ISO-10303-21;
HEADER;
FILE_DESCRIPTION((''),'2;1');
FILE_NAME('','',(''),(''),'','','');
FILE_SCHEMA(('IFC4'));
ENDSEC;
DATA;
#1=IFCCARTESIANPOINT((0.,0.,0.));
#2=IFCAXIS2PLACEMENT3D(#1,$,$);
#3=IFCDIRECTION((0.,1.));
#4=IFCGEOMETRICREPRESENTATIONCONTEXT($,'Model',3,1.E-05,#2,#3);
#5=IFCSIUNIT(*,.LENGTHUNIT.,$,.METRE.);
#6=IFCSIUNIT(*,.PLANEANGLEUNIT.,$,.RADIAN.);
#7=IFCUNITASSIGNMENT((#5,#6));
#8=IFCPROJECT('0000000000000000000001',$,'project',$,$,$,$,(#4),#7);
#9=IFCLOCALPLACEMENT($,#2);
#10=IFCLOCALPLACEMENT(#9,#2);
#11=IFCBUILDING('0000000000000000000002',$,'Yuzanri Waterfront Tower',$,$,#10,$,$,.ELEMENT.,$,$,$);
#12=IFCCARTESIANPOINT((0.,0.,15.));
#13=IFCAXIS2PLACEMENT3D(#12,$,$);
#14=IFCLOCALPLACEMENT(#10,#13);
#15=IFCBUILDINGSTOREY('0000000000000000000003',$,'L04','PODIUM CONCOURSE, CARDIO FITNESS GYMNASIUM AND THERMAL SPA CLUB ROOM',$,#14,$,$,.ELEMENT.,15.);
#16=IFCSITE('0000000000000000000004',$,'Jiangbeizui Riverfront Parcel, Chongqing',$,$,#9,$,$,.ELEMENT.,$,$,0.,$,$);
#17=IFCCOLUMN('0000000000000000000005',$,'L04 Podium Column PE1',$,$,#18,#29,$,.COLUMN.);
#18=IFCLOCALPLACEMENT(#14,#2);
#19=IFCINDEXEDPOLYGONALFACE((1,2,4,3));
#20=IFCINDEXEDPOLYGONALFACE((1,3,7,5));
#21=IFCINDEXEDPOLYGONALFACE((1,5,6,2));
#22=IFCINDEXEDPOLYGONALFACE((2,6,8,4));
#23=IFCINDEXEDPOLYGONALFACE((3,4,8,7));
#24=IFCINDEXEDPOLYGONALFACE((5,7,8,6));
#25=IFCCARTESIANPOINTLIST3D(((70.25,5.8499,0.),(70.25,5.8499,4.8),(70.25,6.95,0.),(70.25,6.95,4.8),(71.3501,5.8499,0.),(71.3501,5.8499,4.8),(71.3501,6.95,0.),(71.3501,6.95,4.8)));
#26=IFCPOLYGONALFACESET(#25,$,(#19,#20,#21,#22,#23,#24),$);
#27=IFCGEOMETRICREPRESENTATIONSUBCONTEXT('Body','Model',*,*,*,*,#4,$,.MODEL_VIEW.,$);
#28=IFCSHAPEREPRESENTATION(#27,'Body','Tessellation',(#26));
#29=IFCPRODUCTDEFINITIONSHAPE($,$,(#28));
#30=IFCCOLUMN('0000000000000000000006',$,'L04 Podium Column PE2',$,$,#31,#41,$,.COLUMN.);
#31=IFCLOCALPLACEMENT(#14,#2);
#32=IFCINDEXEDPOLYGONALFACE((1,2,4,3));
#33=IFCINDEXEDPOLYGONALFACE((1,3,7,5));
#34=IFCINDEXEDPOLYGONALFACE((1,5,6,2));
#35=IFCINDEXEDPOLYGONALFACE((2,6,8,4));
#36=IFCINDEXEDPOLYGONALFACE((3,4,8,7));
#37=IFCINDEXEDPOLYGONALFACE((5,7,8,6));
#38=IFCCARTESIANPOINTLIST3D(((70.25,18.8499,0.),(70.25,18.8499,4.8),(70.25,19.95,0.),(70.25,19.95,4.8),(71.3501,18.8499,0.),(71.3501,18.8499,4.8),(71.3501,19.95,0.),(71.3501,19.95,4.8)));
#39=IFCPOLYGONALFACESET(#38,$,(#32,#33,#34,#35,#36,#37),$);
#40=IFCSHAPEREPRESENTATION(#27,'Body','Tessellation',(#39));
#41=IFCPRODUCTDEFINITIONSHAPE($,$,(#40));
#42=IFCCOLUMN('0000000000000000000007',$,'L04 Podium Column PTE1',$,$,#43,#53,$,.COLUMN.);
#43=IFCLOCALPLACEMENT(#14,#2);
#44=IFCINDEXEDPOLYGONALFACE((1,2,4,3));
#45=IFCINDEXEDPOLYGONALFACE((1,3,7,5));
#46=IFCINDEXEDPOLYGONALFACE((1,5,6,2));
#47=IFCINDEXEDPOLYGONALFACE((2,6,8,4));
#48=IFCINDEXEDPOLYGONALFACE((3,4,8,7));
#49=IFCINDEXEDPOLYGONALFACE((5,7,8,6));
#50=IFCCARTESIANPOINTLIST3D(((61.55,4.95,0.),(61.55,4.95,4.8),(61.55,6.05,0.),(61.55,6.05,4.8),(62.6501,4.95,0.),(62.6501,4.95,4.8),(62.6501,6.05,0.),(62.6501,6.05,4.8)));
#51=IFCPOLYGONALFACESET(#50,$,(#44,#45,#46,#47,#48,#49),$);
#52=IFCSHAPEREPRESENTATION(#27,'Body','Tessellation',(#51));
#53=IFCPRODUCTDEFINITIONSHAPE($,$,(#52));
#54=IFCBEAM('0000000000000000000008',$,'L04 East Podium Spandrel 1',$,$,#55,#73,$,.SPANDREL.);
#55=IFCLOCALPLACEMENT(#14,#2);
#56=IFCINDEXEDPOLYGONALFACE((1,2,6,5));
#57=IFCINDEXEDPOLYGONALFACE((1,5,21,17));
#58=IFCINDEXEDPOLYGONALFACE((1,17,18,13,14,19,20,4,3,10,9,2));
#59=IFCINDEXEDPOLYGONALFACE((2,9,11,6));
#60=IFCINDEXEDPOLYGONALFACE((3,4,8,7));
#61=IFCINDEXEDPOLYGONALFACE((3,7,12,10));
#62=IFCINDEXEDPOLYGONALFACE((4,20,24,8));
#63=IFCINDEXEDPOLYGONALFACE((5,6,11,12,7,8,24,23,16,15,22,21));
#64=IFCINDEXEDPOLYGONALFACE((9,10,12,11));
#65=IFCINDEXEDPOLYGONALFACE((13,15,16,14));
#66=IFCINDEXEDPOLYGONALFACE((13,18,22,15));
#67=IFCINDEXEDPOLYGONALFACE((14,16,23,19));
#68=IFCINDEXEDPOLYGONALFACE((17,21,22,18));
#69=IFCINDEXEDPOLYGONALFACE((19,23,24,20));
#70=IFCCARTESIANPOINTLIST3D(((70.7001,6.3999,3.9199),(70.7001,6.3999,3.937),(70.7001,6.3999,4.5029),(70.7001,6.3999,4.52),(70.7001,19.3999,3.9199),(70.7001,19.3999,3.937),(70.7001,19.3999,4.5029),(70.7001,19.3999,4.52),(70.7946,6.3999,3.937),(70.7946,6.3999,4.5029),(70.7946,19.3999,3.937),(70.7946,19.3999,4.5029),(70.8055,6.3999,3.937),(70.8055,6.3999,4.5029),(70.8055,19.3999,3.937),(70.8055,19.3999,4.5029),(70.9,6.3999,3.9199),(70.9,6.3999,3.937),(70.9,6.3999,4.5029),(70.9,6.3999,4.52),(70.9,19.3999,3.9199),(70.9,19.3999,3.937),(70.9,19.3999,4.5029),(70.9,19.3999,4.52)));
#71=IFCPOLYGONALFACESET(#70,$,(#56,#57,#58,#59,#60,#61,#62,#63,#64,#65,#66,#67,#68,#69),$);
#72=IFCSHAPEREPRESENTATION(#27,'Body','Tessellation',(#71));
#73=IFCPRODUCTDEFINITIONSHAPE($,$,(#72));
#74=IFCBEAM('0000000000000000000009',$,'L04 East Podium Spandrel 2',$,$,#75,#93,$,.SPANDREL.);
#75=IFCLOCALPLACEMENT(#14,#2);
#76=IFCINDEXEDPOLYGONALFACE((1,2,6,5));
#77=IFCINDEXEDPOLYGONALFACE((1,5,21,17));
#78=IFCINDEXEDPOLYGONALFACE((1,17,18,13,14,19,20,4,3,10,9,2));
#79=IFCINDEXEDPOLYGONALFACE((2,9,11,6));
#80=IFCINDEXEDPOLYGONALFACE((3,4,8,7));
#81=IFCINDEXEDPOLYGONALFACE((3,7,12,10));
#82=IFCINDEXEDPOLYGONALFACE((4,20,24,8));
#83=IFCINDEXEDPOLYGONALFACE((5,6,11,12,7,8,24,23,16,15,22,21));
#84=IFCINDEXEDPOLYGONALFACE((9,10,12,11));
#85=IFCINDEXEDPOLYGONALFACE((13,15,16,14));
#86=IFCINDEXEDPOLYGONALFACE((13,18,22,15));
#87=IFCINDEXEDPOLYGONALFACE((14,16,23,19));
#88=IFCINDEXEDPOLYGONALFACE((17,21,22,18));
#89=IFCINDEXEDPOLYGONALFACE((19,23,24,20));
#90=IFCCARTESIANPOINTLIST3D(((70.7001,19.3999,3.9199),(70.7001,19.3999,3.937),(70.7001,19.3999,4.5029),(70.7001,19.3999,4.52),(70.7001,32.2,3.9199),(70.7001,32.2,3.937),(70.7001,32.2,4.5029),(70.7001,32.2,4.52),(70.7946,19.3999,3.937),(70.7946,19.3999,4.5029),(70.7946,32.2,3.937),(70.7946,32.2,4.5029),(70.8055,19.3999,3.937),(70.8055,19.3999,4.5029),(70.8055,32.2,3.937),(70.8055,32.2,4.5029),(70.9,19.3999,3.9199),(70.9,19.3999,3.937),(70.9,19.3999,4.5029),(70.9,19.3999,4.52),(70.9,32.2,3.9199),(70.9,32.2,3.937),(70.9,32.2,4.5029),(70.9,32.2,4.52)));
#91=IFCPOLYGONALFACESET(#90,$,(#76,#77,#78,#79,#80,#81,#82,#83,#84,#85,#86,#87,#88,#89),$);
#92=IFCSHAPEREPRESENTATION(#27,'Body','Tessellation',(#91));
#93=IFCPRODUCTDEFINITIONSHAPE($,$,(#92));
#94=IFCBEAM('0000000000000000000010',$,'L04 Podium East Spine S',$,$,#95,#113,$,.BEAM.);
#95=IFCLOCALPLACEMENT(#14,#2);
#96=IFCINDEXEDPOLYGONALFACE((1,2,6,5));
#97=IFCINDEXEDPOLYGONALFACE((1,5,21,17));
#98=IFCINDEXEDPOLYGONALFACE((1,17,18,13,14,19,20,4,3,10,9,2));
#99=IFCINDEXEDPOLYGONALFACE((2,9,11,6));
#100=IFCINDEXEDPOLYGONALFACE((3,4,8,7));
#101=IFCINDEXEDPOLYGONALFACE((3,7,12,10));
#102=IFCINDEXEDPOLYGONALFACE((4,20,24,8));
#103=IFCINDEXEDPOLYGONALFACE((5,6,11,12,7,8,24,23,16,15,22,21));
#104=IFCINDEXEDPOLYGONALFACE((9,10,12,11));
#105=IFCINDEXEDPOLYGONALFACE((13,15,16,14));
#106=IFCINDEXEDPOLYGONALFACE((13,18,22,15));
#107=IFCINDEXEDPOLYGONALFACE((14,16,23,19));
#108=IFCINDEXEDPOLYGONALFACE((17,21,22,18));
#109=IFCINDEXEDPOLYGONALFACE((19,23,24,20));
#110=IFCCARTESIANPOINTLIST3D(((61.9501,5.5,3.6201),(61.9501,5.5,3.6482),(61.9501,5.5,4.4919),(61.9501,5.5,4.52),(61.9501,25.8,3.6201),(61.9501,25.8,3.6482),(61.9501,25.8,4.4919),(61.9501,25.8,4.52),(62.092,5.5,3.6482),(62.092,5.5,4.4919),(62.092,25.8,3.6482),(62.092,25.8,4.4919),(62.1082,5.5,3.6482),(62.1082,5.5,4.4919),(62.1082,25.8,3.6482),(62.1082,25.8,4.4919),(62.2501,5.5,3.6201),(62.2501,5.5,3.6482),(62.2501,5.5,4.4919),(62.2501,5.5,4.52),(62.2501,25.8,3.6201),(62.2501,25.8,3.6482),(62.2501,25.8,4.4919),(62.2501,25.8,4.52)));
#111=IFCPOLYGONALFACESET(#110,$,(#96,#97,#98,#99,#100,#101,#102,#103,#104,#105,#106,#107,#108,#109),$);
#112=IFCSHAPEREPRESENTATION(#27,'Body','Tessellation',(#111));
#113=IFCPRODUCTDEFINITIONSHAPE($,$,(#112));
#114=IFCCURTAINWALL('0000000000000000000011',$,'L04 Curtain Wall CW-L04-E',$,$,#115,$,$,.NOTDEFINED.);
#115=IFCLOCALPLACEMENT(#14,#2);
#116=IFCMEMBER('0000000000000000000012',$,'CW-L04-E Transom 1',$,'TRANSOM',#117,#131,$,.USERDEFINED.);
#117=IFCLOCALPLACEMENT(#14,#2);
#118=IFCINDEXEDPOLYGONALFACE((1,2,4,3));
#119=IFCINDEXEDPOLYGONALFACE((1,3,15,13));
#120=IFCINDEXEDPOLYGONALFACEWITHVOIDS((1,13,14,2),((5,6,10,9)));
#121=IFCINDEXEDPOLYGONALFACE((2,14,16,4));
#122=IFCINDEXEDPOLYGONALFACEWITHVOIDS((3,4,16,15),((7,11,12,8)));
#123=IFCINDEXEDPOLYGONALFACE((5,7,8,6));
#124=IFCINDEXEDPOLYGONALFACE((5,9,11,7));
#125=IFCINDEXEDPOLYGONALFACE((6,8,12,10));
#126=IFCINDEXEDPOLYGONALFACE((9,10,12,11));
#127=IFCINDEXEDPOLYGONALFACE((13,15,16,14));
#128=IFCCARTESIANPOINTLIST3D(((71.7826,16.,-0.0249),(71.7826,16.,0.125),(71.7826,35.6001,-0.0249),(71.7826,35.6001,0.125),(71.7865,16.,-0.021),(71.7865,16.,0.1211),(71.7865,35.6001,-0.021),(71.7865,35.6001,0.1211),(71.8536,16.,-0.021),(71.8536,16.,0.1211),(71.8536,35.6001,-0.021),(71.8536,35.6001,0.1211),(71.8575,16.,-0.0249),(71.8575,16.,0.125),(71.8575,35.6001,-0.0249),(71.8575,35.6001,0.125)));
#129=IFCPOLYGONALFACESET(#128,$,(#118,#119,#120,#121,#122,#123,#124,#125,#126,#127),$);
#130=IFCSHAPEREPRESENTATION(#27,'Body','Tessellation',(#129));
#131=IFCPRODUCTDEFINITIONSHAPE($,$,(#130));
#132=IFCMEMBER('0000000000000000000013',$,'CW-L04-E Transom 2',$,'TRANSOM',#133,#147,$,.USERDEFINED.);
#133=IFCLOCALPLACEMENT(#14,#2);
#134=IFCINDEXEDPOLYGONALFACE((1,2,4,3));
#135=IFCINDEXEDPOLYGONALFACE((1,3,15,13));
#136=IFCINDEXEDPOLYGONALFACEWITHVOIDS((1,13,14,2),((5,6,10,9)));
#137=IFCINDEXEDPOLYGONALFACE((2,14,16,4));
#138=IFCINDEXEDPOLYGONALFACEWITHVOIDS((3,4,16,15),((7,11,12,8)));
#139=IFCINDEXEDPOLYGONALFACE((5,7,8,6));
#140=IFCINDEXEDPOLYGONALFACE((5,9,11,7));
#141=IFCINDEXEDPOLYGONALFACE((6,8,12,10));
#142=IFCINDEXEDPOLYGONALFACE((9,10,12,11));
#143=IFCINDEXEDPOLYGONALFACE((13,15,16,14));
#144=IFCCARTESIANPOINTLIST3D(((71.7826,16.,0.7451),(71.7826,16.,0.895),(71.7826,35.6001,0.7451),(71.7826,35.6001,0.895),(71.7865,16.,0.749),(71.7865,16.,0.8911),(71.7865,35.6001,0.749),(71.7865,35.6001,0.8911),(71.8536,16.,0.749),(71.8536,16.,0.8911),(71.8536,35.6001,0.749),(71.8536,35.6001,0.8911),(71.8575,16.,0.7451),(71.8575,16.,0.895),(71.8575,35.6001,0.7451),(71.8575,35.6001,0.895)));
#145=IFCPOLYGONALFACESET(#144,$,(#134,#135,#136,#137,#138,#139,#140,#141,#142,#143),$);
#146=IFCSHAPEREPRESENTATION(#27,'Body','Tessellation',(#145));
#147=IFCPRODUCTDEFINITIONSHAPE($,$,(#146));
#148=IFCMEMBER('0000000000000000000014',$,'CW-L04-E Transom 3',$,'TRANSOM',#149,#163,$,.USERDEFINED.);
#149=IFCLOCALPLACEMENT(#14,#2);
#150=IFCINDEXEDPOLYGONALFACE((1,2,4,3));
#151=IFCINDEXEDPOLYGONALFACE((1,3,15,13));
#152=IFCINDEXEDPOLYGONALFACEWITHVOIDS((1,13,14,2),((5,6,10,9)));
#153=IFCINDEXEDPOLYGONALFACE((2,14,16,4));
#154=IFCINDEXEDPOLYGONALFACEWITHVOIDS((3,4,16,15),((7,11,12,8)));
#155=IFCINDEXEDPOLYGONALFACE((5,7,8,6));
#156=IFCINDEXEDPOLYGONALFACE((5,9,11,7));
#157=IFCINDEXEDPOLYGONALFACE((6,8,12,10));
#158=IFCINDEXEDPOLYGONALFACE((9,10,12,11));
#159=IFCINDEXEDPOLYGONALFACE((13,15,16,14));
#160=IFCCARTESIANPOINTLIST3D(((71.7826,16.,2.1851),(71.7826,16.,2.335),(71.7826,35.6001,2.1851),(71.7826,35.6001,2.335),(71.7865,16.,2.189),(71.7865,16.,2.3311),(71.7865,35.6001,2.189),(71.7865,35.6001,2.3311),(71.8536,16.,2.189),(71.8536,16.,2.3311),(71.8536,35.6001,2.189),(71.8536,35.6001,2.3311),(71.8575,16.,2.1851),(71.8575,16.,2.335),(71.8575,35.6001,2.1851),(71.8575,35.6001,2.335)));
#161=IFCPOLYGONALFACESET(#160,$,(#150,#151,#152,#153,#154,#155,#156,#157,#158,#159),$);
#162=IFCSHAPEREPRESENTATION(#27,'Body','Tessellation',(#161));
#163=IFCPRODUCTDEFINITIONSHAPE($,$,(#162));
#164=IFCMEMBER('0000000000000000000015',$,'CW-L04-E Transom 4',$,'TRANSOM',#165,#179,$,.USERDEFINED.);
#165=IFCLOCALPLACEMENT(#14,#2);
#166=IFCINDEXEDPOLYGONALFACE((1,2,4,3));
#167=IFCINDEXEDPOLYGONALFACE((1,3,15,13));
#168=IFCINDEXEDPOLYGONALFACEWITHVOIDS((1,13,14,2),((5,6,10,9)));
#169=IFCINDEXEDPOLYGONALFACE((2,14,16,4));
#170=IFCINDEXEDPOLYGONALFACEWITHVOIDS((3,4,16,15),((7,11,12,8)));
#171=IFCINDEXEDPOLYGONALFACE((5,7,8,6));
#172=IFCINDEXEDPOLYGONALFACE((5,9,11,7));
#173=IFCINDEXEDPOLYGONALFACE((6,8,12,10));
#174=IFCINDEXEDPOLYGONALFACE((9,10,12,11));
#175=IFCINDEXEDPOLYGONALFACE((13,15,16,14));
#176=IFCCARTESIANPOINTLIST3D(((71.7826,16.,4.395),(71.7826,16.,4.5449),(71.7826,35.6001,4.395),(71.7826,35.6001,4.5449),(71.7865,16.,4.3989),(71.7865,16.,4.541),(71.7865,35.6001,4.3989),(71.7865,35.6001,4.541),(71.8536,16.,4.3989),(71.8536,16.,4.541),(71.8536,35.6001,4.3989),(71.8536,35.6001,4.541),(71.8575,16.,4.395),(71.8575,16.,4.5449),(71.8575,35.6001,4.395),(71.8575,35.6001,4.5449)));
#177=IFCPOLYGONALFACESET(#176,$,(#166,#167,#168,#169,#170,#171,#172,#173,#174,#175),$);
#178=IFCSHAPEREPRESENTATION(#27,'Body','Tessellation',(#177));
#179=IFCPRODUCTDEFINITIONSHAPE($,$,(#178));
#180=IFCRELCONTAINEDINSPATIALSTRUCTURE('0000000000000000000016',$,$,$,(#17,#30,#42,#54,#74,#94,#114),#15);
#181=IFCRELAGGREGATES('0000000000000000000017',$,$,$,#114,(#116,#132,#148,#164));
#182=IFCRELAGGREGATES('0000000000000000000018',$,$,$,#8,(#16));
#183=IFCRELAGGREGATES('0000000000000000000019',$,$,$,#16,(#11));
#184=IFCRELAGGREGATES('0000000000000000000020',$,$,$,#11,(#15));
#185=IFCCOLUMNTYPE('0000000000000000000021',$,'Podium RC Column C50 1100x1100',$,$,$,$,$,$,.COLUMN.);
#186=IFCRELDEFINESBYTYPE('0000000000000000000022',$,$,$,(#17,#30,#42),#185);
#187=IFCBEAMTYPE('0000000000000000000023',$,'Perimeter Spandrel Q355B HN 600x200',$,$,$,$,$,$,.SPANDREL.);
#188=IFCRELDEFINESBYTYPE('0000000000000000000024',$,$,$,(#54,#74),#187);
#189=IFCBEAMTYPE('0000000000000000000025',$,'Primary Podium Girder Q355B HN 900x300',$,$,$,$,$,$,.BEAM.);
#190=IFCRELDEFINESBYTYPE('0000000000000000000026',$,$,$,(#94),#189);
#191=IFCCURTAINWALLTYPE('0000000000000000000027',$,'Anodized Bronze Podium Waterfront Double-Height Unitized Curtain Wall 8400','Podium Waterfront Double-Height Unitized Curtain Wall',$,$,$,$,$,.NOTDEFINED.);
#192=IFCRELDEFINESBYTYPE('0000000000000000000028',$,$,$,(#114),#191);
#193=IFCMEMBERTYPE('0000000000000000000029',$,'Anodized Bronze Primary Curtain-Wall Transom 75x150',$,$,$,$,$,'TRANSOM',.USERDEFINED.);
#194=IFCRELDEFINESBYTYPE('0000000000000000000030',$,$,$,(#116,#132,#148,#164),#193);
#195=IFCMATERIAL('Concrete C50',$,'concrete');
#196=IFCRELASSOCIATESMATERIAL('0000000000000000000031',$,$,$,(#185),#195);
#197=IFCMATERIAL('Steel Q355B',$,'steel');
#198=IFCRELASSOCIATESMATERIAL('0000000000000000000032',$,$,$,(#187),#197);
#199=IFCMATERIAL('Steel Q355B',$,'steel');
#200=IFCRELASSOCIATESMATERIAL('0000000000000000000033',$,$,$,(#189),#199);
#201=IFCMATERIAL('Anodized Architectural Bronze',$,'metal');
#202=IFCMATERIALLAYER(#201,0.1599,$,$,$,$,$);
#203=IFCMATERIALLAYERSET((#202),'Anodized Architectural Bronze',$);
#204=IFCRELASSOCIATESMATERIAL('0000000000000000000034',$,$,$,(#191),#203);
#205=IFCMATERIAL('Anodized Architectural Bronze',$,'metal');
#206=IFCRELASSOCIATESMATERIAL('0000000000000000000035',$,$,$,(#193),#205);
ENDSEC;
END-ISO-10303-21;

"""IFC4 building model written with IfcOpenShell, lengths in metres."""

from ifc_helpers import new_model, si_unit, direction, frame, origin, origin_2d, place, context, subcontext, project, spatial, rectangle, hollow_rectangle, i_section, extrude, source, transform, mapped, material, layer, layer_set, material_profile, profile_set, type_object, element, aggregate, save


model = new_model("IFC4")

# Units and contexts
model_context = context("Model", 3, precision=1e-05, world=origin(), true_north=direction((0.0, 1.0)))
body_context = subcontext(model_context, "Body", "Model", "MODEL_VIEW")
ifc_project = project(units=[si_unit("LENGTHUNIT", "METRE"), si_unit("PLANEANGLEUNIT", "RADIAN")], contexts=[model_context])

# Site, building, storey
site_placement = place(None, origin())
site = spatial("IfcSite", under=ifc_project, at=site_placement, Name="Jiangbeizui Riverfront Parcel, Chongqing", CompositionType="ELEMENT", RefElevation=0.0)
building_placement = place(site_placement, origin())
building = spatial("IfcBuilding", under=site, at=building_placement, Name="Yuzanri Waterfront Tower", CompositionType="ELEMENT")
storey_placement = place(building_placement, frame((0.0, 0.0, 15.0)))
storey = spatial("IfcBuildingStorey", under=building, at=storey_placement, Name="L04", Description="PODIUM CONCOURSE, CARDIO FITNESS GYMNASIUM AND THERMAL SPA CLUB ROOM", CompositionType="ELEMENT", Elevation=15.0)

# Columns
ifc_material_1 = material(Name="Concrete C50", Category="concrete")
ifc_material_profile_1 = material_profile(ifc_material_1, rectangle(XDim=1.1001, YDim=1.1001, at=origin_2d()), Name="RC 1100x1100")
ifc_profile_set_1 = profile_set([ifc_material_profile_1], Name="Concrete C50")
column_type = type_object("IfcColumnType", Name="Podium RC Column C50 1100x1100", PredefinedType="COLUMN", material=ifc_profile_set_1)
shared_shape_1 = source(origin(), body_context, "Body", "SweptSolid", [
    extrude(rectangle(XDim=1.1001, YDim=1.1001, at=origin_2d()), origin(), (0.0, 0.0, 1.0), 4.8),
])
for number, where, z_axis, x_axis, name in (
    (1, (70.8, 6.3999, 0.0), (0.0, 0.0, 1.0), (1.0, 0.0, 0.0), "L04 Podium Column PE1"),
    (2, (70.8, 19.3999, 0.0), (0.0, 0.0, 1.0), (1.0, 0.0, 0.0), "L04 Podium Column PE2"),
    (3, (62.1001, 5.5, 0.0), (0.0, 0.0, 1.0), (1.0, 0.0, 0.0), "L04 Podium Column PTE1"),
):
    element("IfcColumn", number, at=place(storey_placement, frame(where, z_axis=z_axis, x_axis=x_axis)), inside=storey, type_object=column_type, Name=name, PredefinedType="COLUMN", context=body_context, shape_type="MappedRepresentation", body=[
        mapped(shared_shape_1, transform((0.0, 0.0, 0.0), scale=1.0)),
    ])

# Beams
ifc_material_2 = material(Name="Steel Q355B", Category="steel")
ifc_material_profile_2 = material_profile(ifc_material_2, i_section(OverallWidth=0.2, OverallDepth=0.6001, WebThickness=0.011, FlangeThickness=0.0171, at=origin_2d()), Name="HN 600x200x11x17")
ifc_profile_set_2 = profile_set([ifc_material_profile_2], Name="Steel Q355B")
beam_type_1 = type_object("IfcBeamType", Name="Perimeter Spandrel Q355B HN 600x200", PredefinedType="SPANDREL", material=ifc_profile_set_2)
shared_shape_2 = source(origin(), body_context, "Body", "SweptSolid", [
    extrude(i_section(OverallWidth=0.2, OverallDepth=0.6001, WebThickness=0.011, FlangeThickness=0.0171, at=origin_2d()), origin(), (0.0, 0.0, 1.0), 13.0),
])
beam_1_placement = place(storey_placement, frame((70.8, 6.3999, 4.22), z_axis=(0.0, 1.0, 0.0), x_axis=(-1.0, 0.0, 0.0)))
element("IfcBeam", 4, at=beam_1_placement, inside=storey, type_object=beam_type_1, Name="L04 East Podium Spandrel 1", PredefinedType="SPANDREL", context=body_context, shape_type="MappedRepresentation", body=[
    mapped(shared_shape_2, transform((0.0, 0.0, 0.0), scale=1.0)),
])
shared_shape_3 = source(origin(), body_context, "Body", "SweptSolid", [
    extrude(i_section(OverallWidth=0.2, OverallDepth=0.6001, WebThickness=0.011, FlangeThickness=0.0171, at=origin_2d()), origin(), (0.0, 0.0, 1.0), 12.8),
])
beam_2_placement = place(storey_placement, frame((70.8, 19.3999, 4.22), z_axis=(0.0, 1.0, 0.0), x_axis=(-1.0, 0.0, 0.0)))
element("IfcBeam", 5, at=beam_2_placement, inside=storey, type_object=beam_type_1, Name="L04 East Podium Spandrel 2", PredefinedType="SPANDREL", context=body_context, shape_type="MappedRepresentation", body=[
    mapped(shared_shape_3, transform((0.0, 0.0, 0.0), scale=1.0)),
])
ifc_material_3 = material(Name="Steel Q355B", Category="steel")
ifc_material_profile_3 = material_profile(ifc_material_3, i_section(OverallWidth=0.3, OverallDepth=0.8999, WebThickness=0.0161, FlangeThickness=0.0281, at=origin_2d()), Name="HN 900x300x16x28")
ifc_profile_set_3 = profile_set([ifc_material_profile_3], Name="Steel Q355B")
beam_type_2 = type_object("IfcBeamType", Name="Primary Podium Girder Q355B HN 900x300", PredefinedType="BEAM", material=ifc_profile_set_3)
shared_shape_4 = source(origin(), body_context, "Body", "SweptSolid", [
    extrude(i_section(OverallWidth=0.3, OverallDepth=0.8999, WebThickness=0.0161, FlangeThickness=0.0281, at=origin_2d()), origin(), (0.0, 0.0, 1.0), 20.3),
])
beam_3_placement = place(storey_placement, frame((62.1001, 5.5, 4.0701), z_axis=(0.0, 1.0, 0.0), x_axis=(-1.0, 0.0, 0.0)))
element("IfcBeam", 6, at=beam_3_placement, inside=storey, type_object=beam_type_2, Name="L04 Podium East Spine S", PredefinedType="BEAM", context=body_context, shape_type="MappedRepresentation", body=[
    mapped(shared_shape_4, transform((0.0, 0.0, 0.0), scale=1.0)),
])

# Curtain wall, members
ifc_material_4 = material(Name="Anodized Architectural Bronze", Category="metal")
ifc_layer_1 = layer(ifc_material_4, 0.1599)
ifc_layer_set_1 = layer_set([ifc_layer_1], Name="Anodized Architectural Bronze")
curtain_wall_type = type_object("IfcCurtainWallType", Name="Anodized Bronze Podium Waterfront Double-Height Unitized Curtain Wall 8400", Description="Podium Waterfront Double-Height Unitized Curtain Wall", PredefinedType="NOTDEFINED", material=ifc_layer_set_1)
curtain_wall_placement = place(storey_placement, origin())
curtain_wall = element("IfcCurtainWall", 7, at=curtain_wall_placement, inside=storey, type_object=curtain_wall_type, Name="L04 Curtain Wall CW-L04-E", PredefinedType="NOTDEFINED")
ifc_material_5 = material(Name="Anodized Architectural Bronze", Category="metal")
ifc_material_profile_4 = material_profile(ifc_material_5, hollow_rectangle(XDim=0.075, YDim=0.1499, WallThickness=0.0039, at=origin_2d()), Name="CWT 75x150")
ifc_profile_set_4 = profile_set([ifc_material_profile_4], Name="Anodized Architectural Bronze")
member_type_1 = type_object("IfcMemberType", Name="Anodized Bronze Primary Curtain-Wall Transom 75x150", ElementType="TRANSOM", PredefinedType="USERDEFINED", material=ifc_profile_set_4)
shared_shape_5 = source(origin(), body_context, "Body", "SweptSolid", [
    extrude(hollow_rectangle(XDim=0.075, YDim=0.1499, WallThickness=0.0039, at=origin_2d()), origin(), (0.0, 0.0, 1.0), 19.6001),
])
member_1_placement = place(storey_placement, frame((71.8201, 16.0, 0.05), z_axis=(0.0, 1.0, 0.0), x_axis=(-1.0, 0.0, 0.0)))
member_1 = element("IfcMember", 8, at=member_1_placement, type_object=member_type_1, Name="CW-L04-E Transom 1", ObjectType="TRANSOM", PredefinedType="USERDEFINED", context=body_context, shape_type="MappedRepresentation", body=[
    mapped(shared_shape_5, transform((0.0, 0.0, 0.0), scale=1.0)),
])
member_2_placement = place(storey_placement, frame((71.8201, 16.0, 0.8201), z_axis=(0.0, 1.0, 0.0), x_axis=(-1.0, 0.0, 0.0)))
member_2 = element("IfcMember", 9, at=member_2_placement, type_object=member_type_1, Name="CW-L04-E Transom 2", ObjectType="TRANSOM", PredefinedType="USERDEFINED", context=body_context, shape_type="MappedRepresentation", body=[
    mapped(shared_shape_5, transform((0.0, 0.0, 0.0), scale=1.0)),
])
member_3_placement = place(storey_placement, frame((71.8201, 16.0, 2.26), z_axis=(0.0, 1.0, 0.0), x_axis=(-1.0, 0.0, 0.0)))
member_3 = element("IfcMember", 10, at=member_3_placement, type_object=member_type_1, Name="CW-L04-E Transom 3", ObjectType="TRANSOM", PredefinedType="USERDEFINED", context=body_context, shape_type="MappedRepresentation", body=[
    mapped(shared_shape_5, transform((0.0, 0.0, 0.0), scale=1.0)),
])
member_4_placement = place(storey_placement, frame((71.8201, 16.0, 4.47), z_axis=(0.0, 1.0, 0.0), x_axis=(-1.0, 0.0, 0.0)))
member_4 = element("IfcMember", 11, at=member_4_placement, type_object=member_type_1, Name="CW-L04-E Transom 4", ObjectType="TRANSOM", PredefinedType="USERDEFINED", context=body_context, shape_type="MappedRepresentation", body=[
    mapped(shared_shape_5, transform((0.0, 0.0, 0.0), scale=1.0)),
])
aggregate(curtain_wall, [member_1, member_2, member_3, member_4])

save(model, "model.ifc")
